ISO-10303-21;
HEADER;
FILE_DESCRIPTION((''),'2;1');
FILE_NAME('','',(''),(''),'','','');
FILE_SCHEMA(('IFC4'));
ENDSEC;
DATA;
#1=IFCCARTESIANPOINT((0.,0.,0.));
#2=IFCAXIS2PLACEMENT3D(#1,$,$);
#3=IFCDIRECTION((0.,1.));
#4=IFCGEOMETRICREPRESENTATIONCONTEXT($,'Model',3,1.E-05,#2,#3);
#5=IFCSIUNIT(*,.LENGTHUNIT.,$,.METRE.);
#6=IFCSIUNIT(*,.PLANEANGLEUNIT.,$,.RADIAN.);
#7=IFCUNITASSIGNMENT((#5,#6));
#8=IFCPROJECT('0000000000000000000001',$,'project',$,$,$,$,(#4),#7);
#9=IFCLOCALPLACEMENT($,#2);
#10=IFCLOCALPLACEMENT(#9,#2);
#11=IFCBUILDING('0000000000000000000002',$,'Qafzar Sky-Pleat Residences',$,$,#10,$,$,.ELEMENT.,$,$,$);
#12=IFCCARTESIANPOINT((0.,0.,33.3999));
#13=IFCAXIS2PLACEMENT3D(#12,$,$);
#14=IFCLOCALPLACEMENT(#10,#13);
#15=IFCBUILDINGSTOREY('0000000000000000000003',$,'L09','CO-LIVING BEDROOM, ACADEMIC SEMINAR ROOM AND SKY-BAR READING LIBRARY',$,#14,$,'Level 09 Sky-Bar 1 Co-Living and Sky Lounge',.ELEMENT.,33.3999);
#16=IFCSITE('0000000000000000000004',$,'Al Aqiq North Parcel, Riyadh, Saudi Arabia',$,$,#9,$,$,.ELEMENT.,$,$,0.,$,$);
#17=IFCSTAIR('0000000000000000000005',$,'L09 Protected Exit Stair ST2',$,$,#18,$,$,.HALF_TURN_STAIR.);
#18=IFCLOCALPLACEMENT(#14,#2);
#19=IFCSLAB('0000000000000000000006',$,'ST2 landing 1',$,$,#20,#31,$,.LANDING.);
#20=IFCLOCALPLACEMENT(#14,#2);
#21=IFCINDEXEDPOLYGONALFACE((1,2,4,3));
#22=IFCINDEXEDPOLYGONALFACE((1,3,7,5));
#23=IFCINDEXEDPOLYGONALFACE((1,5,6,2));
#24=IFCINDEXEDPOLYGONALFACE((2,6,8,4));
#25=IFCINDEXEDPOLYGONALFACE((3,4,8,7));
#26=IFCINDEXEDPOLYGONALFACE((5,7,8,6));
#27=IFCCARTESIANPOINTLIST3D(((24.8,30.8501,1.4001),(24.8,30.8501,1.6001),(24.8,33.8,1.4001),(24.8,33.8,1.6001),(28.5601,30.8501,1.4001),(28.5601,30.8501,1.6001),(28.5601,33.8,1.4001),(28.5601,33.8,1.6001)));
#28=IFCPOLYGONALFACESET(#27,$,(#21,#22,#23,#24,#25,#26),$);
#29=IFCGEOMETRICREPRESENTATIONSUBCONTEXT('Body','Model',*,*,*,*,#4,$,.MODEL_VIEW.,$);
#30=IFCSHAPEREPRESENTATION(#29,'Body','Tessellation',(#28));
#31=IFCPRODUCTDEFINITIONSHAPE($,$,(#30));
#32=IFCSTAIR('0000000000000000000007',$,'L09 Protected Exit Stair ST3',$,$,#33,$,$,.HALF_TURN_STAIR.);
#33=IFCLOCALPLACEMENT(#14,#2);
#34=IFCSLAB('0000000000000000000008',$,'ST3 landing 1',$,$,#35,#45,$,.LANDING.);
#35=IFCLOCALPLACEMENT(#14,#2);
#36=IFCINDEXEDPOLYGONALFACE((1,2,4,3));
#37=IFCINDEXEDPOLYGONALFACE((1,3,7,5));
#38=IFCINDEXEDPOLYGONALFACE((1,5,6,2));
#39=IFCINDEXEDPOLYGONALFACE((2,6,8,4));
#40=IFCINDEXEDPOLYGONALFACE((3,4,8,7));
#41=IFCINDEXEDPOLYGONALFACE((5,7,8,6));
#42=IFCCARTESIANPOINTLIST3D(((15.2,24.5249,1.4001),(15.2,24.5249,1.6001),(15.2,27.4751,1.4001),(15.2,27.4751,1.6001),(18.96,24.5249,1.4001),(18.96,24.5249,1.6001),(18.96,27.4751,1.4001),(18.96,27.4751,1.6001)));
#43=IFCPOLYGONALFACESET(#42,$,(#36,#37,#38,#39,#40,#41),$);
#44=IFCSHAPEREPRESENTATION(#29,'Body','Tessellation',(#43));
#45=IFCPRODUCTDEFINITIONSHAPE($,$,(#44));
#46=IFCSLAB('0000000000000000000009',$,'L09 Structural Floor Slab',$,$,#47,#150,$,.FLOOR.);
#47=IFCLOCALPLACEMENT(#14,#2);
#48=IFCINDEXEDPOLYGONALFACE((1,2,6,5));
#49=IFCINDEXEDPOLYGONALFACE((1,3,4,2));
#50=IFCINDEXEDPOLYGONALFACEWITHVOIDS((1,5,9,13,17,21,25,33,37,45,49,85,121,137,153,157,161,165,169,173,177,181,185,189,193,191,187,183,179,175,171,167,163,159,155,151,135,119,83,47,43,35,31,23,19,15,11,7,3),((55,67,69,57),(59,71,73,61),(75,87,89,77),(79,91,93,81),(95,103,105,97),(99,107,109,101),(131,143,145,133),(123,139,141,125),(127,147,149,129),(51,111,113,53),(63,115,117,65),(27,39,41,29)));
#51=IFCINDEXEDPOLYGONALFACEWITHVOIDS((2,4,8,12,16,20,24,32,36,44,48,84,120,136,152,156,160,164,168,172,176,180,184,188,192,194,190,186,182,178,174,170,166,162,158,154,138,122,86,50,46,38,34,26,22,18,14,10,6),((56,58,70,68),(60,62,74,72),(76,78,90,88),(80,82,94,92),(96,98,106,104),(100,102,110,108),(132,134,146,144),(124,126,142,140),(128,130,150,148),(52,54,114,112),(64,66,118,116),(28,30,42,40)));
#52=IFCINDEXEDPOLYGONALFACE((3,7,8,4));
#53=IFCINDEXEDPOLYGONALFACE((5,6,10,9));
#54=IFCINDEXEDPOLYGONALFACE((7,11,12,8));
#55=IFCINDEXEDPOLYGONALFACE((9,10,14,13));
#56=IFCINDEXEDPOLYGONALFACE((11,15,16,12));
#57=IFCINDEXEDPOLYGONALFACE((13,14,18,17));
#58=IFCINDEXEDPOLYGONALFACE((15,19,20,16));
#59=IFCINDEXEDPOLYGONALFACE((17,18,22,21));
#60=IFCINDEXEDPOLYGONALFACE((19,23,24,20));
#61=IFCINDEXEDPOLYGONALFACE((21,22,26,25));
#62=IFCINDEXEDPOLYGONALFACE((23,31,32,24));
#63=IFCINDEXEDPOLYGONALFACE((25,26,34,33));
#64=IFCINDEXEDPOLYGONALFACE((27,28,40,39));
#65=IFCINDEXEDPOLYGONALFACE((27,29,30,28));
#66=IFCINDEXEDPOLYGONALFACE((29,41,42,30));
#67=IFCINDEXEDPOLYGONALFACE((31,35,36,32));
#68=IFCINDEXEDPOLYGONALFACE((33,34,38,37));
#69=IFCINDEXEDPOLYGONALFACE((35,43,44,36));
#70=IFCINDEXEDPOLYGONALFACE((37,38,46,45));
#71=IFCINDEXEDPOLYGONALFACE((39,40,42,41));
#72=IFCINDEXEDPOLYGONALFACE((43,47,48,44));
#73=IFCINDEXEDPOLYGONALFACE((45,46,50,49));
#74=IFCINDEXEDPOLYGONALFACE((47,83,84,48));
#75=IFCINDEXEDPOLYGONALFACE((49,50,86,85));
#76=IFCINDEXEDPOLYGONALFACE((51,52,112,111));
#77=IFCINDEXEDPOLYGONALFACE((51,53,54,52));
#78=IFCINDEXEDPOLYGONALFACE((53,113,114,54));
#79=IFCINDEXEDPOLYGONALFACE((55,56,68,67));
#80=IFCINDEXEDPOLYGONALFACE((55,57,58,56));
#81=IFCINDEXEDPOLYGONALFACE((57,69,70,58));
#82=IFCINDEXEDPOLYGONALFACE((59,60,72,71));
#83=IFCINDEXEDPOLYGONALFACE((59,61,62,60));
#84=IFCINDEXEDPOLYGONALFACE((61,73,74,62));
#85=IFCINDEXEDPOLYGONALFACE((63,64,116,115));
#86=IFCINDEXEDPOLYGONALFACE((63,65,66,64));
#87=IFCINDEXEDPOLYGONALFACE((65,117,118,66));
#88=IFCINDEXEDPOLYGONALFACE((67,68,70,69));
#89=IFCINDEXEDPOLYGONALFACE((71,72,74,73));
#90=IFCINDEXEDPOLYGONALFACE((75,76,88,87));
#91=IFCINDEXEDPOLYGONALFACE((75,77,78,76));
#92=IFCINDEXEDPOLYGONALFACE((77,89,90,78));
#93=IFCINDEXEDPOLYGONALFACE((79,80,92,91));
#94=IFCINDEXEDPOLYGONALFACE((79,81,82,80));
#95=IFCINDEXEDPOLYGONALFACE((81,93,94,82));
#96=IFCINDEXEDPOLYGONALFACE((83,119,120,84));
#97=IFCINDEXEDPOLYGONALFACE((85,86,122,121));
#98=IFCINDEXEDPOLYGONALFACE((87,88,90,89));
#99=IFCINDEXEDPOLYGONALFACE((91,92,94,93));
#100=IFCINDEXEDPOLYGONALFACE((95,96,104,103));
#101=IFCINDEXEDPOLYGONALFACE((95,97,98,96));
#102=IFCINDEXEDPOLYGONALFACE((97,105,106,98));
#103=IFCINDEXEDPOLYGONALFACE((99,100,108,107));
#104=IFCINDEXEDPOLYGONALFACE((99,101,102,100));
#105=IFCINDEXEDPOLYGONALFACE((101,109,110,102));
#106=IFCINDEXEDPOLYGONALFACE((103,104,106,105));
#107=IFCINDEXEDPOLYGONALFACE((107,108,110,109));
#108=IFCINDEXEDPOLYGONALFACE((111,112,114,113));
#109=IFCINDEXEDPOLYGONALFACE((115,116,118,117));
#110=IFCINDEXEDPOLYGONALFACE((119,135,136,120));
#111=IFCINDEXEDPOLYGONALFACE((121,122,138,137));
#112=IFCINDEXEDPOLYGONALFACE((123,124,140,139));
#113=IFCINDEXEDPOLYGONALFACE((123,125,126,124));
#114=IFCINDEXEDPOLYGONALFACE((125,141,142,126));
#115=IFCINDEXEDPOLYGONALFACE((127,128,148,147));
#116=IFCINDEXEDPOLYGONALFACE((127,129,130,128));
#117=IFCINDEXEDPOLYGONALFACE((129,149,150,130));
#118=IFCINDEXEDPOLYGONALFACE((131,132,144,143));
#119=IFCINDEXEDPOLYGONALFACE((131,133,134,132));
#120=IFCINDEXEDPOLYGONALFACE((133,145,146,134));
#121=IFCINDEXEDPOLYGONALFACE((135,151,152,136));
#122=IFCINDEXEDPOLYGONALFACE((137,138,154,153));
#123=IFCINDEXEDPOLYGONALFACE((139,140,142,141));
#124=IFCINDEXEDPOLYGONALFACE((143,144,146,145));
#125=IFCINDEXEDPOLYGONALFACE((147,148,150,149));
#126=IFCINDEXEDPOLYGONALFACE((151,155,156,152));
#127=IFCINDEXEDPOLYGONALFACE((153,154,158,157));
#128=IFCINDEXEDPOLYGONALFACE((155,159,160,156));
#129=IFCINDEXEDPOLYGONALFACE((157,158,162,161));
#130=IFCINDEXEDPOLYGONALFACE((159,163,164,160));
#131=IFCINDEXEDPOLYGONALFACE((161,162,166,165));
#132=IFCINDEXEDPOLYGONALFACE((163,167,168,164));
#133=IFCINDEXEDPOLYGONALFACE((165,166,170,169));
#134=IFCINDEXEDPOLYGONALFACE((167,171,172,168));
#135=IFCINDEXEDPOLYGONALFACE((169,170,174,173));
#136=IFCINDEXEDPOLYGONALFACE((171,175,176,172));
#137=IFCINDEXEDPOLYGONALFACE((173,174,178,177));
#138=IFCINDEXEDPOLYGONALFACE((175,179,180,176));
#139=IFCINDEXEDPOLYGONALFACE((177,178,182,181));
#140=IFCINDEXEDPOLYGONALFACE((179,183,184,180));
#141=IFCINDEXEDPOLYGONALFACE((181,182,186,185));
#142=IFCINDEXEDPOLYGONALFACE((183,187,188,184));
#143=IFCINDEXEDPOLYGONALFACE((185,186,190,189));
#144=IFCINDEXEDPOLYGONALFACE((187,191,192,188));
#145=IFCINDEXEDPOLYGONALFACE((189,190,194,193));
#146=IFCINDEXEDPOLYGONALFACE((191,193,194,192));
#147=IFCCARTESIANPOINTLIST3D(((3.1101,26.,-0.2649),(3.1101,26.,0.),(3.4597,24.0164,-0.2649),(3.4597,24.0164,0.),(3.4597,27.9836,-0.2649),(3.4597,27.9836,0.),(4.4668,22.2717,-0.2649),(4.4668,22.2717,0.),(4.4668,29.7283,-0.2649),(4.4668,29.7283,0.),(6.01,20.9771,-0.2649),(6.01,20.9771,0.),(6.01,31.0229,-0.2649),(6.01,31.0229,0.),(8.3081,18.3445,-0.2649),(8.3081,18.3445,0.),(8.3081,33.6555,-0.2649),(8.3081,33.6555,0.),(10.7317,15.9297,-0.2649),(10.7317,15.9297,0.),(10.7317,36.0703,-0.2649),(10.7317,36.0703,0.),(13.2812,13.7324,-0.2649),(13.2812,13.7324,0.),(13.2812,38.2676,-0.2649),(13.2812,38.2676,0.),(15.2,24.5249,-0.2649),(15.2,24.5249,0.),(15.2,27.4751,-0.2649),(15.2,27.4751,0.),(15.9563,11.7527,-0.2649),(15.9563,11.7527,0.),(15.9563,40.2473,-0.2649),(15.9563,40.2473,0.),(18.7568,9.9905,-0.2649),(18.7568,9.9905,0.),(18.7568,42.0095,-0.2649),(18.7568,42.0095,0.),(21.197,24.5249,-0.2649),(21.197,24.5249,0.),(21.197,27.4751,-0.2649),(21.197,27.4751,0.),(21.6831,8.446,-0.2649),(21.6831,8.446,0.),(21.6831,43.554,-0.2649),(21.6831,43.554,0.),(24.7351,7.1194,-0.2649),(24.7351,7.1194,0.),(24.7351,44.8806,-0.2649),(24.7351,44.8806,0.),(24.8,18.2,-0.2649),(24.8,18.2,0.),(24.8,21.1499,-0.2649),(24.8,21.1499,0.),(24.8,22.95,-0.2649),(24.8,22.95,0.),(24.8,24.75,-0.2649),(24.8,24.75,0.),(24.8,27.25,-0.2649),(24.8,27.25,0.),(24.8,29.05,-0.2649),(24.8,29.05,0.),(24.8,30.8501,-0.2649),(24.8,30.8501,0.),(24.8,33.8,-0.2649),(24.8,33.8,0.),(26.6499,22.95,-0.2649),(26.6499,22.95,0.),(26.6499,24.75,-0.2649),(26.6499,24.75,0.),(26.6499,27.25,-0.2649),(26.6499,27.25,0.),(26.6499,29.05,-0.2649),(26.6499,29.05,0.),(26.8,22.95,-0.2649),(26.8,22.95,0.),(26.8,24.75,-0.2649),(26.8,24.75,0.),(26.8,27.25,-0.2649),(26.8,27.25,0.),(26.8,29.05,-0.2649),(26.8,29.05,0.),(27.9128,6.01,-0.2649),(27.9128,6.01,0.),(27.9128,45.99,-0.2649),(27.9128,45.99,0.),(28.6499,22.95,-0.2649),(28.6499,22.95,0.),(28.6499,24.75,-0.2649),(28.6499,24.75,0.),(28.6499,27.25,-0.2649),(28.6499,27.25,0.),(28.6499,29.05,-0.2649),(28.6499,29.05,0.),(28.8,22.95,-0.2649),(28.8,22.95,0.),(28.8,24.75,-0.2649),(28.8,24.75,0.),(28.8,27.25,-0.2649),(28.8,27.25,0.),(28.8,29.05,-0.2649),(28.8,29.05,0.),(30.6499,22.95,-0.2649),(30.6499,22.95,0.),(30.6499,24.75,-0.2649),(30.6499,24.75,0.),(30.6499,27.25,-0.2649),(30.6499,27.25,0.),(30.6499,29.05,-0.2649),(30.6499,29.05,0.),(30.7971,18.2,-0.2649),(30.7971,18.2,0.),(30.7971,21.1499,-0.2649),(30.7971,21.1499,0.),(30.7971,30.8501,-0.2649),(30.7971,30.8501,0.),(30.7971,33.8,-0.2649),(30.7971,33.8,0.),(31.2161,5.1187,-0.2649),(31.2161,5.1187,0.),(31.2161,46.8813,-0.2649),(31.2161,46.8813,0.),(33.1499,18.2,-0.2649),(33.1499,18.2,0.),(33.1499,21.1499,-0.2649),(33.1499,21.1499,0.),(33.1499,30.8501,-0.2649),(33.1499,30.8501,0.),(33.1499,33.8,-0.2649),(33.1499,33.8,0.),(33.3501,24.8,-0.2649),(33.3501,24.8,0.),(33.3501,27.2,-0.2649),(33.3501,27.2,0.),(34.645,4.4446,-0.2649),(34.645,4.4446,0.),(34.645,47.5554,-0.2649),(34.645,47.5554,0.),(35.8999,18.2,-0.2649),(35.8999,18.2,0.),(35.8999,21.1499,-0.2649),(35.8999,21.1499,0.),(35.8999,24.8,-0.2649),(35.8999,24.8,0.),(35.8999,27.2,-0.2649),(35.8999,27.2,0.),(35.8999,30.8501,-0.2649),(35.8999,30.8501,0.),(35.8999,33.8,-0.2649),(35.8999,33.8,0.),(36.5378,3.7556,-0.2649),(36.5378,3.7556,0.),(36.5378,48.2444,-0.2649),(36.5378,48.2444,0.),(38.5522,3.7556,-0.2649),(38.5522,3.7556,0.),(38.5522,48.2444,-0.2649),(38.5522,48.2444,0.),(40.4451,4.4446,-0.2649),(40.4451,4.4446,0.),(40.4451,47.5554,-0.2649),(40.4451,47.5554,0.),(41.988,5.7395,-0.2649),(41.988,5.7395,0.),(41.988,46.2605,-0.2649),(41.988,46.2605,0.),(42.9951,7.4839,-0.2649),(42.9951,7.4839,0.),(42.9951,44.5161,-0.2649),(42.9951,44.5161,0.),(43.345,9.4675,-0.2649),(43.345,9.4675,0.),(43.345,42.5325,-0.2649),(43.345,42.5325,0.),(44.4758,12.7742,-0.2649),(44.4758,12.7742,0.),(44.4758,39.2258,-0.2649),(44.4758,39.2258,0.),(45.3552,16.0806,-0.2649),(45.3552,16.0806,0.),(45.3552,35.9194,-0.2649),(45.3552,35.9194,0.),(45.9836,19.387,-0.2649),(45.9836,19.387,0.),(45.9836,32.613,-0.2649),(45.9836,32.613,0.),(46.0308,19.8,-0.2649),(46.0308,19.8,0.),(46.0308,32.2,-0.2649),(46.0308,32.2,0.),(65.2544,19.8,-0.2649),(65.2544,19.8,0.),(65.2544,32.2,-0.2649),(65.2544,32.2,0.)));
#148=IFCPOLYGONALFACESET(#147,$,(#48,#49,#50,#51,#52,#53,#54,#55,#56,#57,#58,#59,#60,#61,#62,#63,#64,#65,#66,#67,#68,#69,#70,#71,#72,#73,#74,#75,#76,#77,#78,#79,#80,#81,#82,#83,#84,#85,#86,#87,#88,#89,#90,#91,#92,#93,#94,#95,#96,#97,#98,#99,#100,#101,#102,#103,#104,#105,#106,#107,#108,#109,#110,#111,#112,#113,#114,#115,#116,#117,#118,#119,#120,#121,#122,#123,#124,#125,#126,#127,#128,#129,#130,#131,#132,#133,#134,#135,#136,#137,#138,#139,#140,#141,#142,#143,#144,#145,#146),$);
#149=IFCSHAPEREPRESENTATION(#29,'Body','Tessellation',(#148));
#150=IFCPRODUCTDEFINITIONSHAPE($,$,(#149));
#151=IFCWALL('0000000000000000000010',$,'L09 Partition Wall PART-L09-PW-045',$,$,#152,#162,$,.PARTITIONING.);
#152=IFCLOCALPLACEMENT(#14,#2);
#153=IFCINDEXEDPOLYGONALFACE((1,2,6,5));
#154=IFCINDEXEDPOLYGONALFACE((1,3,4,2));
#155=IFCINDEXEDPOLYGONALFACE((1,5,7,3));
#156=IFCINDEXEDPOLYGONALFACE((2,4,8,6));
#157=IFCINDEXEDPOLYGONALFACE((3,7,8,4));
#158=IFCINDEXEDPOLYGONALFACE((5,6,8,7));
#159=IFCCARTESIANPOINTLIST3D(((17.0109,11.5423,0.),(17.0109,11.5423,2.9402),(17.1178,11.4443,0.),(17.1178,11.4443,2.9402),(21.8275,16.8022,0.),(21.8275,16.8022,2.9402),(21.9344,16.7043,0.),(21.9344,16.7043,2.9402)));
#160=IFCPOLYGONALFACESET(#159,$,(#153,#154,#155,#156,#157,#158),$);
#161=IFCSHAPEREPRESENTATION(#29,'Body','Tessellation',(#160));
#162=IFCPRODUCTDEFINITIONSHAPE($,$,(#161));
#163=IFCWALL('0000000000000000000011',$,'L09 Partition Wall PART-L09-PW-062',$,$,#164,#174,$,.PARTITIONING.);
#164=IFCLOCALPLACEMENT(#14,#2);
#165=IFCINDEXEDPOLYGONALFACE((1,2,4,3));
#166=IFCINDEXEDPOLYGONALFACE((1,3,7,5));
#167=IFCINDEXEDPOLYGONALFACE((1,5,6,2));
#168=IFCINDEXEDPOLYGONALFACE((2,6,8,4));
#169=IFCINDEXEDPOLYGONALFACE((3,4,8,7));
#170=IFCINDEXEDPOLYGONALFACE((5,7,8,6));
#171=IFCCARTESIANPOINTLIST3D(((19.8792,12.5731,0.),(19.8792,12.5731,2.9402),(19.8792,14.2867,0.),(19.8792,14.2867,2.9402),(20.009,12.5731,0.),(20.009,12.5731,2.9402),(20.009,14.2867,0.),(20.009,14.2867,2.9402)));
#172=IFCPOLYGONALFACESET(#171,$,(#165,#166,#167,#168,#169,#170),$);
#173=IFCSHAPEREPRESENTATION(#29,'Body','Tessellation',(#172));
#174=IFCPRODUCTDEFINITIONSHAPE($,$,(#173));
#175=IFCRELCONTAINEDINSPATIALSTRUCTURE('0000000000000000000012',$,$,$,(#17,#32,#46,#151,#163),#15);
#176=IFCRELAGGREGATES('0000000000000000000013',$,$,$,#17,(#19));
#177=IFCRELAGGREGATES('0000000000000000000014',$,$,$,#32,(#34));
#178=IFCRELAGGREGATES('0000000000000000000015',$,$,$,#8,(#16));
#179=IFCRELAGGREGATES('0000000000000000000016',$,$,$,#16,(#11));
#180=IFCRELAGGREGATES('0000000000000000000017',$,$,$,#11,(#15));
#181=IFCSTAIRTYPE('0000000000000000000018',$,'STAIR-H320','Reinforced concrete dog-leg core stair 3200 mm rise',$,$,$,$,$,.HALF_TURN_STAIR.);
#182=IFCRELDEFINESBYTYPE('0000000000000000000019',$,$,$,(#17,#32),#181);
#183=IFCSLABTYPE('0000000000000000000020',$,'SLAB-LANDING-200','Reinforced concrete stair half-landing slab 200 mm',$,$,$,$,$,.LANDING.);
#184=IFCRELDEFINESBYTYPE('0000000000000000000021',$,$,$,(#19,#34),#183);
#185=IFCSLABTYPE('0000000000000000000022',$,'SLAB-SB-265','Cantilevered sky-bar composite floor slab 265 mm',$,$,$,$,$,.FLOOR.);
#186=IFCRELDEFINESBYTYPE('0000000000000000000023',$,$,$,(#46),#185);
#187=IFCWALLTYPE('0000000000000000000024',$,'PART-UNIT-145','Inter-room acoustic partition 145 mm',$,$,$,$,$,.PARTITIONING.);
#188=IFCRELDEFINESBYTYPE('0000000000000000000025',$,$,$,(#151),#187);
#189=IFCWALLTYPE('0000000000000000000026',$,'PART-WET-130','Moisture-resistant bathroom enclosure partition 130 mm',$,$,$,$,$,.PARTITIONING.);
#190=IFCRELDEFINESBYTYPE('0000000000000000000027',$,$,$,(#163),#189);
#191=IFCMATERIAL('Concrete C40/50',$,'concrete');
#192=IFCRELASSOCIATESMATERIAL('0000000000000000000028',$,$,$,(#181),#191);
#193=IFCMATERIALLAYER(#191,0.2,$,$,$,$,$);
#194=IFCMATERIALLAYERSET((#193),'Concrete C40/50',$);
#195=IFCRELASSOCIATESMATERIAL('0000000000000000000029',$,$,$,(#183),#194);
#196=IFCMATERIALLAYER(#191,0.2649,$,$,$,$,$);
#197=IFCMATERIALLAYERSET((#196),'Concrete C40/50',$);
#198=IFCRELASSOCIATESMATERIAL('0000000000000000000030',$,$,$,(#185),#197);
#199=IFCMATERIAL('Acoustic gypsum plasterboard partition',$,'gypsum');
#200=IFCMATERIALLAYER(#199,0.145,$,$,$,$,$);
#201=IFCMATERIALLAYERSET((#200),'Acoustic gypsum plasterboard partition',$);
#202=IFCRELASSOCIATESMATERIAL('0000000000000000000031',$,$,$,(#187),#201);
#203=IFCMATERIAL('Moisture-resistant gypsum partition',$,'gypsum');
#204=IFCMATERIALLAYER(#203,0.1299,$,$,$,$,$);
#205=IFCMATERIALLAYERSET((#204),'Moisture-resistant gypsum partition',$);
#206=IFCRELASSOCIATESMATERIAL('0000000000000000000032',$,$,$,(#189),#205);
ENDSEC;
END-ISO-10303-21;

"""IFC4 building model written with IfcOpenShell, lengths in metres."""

from ifc_helpers import new_model, si_unit, direction, frame, frame_2d, origin, place, context, subcontext, project, spatial, polyline, rectangle, outline, extrude, material, layer, layer_set, type_object, element, aggregate, save


model = new_model("IFC4")

# Units and contexts
model_context = context("Model", 3, precision=1e-05, world=origin(), true_north=direction((0.0, 1.0)))
body_context = subcontext(model_context, "Body", "Model", "MODEL_VIEW")
ifc_project = project(units=[si_unit("LENGTHUNIT", "METRE"), si_unit("PLANEANGLEUNIT", "RADIAN")], contexts=[model_context])

# Site, building, storey
site_placement = place(None, origin())
site = spatial("IfcSite", under=ifc_project, at=site_placement, Name="Al Aqiq North Parcel, Riyadh, Saudi Arabia", CompositionType="ELEMENT", RefElevation=0.0)
building_placement = place(site_placement, origin())
building = spatial("IfcBuilding", under=site, at=building_placement, Name="Qafzar Sky-Pleat Residences", CompositionType="ELEMENT")
storey_placement = place(building_placement, frame((0.0, 0.0, 33.3999)))
storey = spatial("IfcBuildingStorey", under=building, at=storey_placement, Name="L09", Description="CO-LIVING BEDROOM, ACADEMIC SEMINAR ROOM AND SKY-BAR READING LIBRARY", LongName="Level 09 Sky-Bar 1 Co-Living and Sky Lounge", CompositionType="ELEMENT", Elevation=33.3999)

# Shared definitions
ifc_material_1 = material(Name="Concrete C40/50", Category="concrete")

# Stairs, slabs
stair_type = type_object("IfcStairType", Name="STAIR-H320", Description="Reinforced concrete dog-leg core stair 3200 mm rise", PredefinedType="HALF_TURN_STAIR", material=ifc_material_1)
ifc_layer_1 = layer(ifc_material_1, 0.2)
ifc_layer_set_1 = layer_set([ifc_layer_1], Name="Concrete C40/50")
slab_type_1 = type_object("IfcSlabType", Name="SLAB-LANDING-200", Description="Reinforced concrete stair half-landing slab 200 mm", PredefinedType="LANDING", material=ifc_layer_set_1)
stair_1_placement = place(storey_placement, origin())
stair_1 = element("IfcStair", 1, at=stair_1_placement, inside=storey, type_object=stair_type, Name="L09 Protected Exit Stair ST2", PredefinedType="HALF_TURN_STAIR")
slab_1_placement = place(storey_placement, frame((0.0, 0.0, 1.4001)))
slab_1 = element("IfcSlab", 2, at=slab_1_placement, type_object=slab_type_1, Name="ST2 landing 1", PredefinedType="LANDING", context=body_context, shape_type="SweptSolid", body=[
    extrude(outline(polyline([(28.5601, 33.8), (24.8, 33.8), (24.8, 30.8501), (28.5601, 30.8501), (28.5601, 33.8)])), origin(), (0.0, 0.0, 1.0), 0.2),
])
aggregate(stair_1, [slab_1])
stair_2_placement = place(storey_placement, origin())
stair_2 = element("IfcStair", 3, at=stair_2_placement, inside=storey, type_object=stair_type, Name="L09 Protected Exit Stair ST3", PredefinedType="HALF_TURN_STAIR")
slab_2_placement = place(storey_placement, frame((0.0, 0.0, 1.4001)))
slab_2 = element("IfcSlab", 4, at=slab_2_placement, type_object=slab_type_1, Name="ST3 landing 1", PredefinedType="LANDING", context=body_context, shape_type="SweptSolid", body=[
    extrude(outline(polyline([(18.96, 27.4751), (15.2, 27.4751), (15.2, 24.5249), (18.96, 24.5249), (18.96, 27.4751)])), origin(), (0.0, 0.0, 1.0), 0.2),
])
aggregate(stair_2, [slab_2])

# Slab
ifc_layer_2 = layer(ifc_material_1, 0.2649)
ifc_layer_set_2 = layer_set([ifc_layer_2], Name="Concrete C40/50")
slab_type_2 = type_object("IfcSlabType", Name="SLAB-SB-265", Description="Cantilevered sky-bar composite floor slab 265 mm", PredefinedType="FLOOR", material=ifc_layer_set_2)
slab_3_placement = place(storey_placement, frame((0.0, 0.0, -0.2649)))
element("IfcSlab", 5, at=slab_3_placement, inside=storey, type_object=slab_type_2, Name="L09 Structural Floor Slab", PredefinedType="FLOOR", context=body_context, shape_type="SweptSolid", body=[
    extrude(outline(polyline([(45.9836, 19.387), (45.3552, 16.0806), (44.4758, 12.7742), (43.345, 9.4675), (42.9951, 7.4839), (41.988, 5.7395), (40.4451, 4.4446), (38.5522, 3.7556), (36.5378, 3.7556), (34.645, 4.4446), (31.2161, 5.1187), (27.9128, 6.01), (24.7351, 7.1194), (21.6831, 8.446), (18.7568, 9.9905), (15.9563, 11.7527), (13.2812, 13.7324), (10.7317, 15.9297), (8.3081, 18.3445), (6.01, 20.9771), (4.4668, 22.2717), (3.4597, 24.0164), (3.1101, 26.0), (3.4597, 27.9836), (4.4668, 29.7283), (6.01, 31.0229), (8.3081, 33.6555), (10.7317, 36.0703), (13.2812, 38.2676), (15.9563, 40.2473), (18.7568, 42.0095), (21.6831, 43.554), (24.7351, 44.8806), (27.9128, 45.99), (31.2161, 46.8813), (34.645, 47.5554), (36.5378, 48.2444), (38.5522, 48.2444), (40.4451, 47.5554), (41.988, 46.2605), (42.9951, 44.5161), (43.345, 42.5325), (44.4758, 39.2258), (45.3552, 35.9194), (45.9836, 32.613), (46.0308, 32.2), (65.2544, 32.2), (65.2544, 19.8), (46.0308, 19.8), (45.9836, 19.387)]), holes=[polyline([(30.7971, 21.1499), (24.8, 21.1499), (24.8, 18.2), (30.7971, 18.2), (30.7971, 21.1499)]), polyline([(30.7971, 33.8), (24.8, 33.8), (24.8, 30.8501), (30.7971, 30.8501), (30.7971, 33.8)]), polyline([(21.197, 27.4751), (15.2, 27.4751), (15.2, 24.5249), (21.197, 24.5249), (21.197, 27.4751)]), polyline([(24.8, 22.95), (26.6499, 22.95), (26.6499, 24.75), (24.8, 24.75), (24.8, 22.95)]), polyline([(26.8, 22.95), (28.6499, 22.95), (28.6499, 24.75), (26.8, 24.75), (26.8, 22.95)]), polyline([(28.8, 22.95), (30.6499, 22.95), (30.6499, 24.75), (28.8, 24.75), (28.8, 22.95)]), polyline([(24.8, 27.25), (26.6499, 27.25), (26.6499, 29.05), (24.8, 29.05), (24.8, 27.25)]), polyline([(26.8, 27.25), (28.6499, 27.25), (28.6499, 29.05), (26.8, 29.05), (26.8, 27.25)]), polyline([(28.8, 27.25), (30.6499, 27.25), (30.6499, 29.05), (28.8, 29.05), (28.8, 27.25)]), polyline([(33.1499, 18.2), (35.8999, 18.2), (35.8999, 21.1499), (33.1499, 21.1499), (33.1499, 18.2)]), polyline([(33.1499, 30.8501), (35.8999, 30.8501), (35.8999, 33.8), (33.1499, 33.8), (33.1499, 30.8501)]), polyline([(33.3501, 24.8), (35.8999, 24.8), (35.8999, 27.2), (33.3501, 27.2), (33.3501, 24.8)])]), origin(), (0.0, 0.0, 1.0), 0.2649),
])

# Walls
ifc_material_2 = material(Name="Acoustic gypsum plasterboard partition", Category="gypsum")
ifc_layer_3 = layer(ifc_material_2, 0.145)
ifc_layer_set_3 = layer_set([ifc_layer_3], Name="Acoustic gypsum plasterboard partition")
wall_type_1 = type_object("IfcWallType", Name="PART-UNIT-145", Description="Inter-room acoustic partition 145 mm", PredefinedType="PARTITIONING", material=ifc_layer_set_3)
wall_1_placement = place(storey_placement, frame((17.0645, 11.4934, 0.0), z_axis=(0.0, 0.0, 1.0), x_axis=(0.675342, 0.737505, 0.0)))
element("IfcWall", 6, at=wall_1_placement, inside=storey, type_object=wall_type_1, Name="L09 Partition Wall PART-L09-PW-045", PredefinedType="PARTITIONING", context=body_context, shape_type="SweptSolid", body=[
    extrude(rectangle(XDim=7.1321, YDim=0.145, at=frame_2d((3.5659, 0.0))), origin(), (0.0, 0.0, 1.0), 2.9402),
])
ifc_material_3 = material(Name="Moisture-resistant gypsum partition", Category="gypsum")
ifc_layer_4 = layer(ifc_material_3, 0.1299)
ifc_layer_set_4 = layer_set([ifc_layer_4], Name="Moisture-resistant gypsum partition")
wall_type_2 = type_object("IfcWallType", Name="PART-WET-130", Description="Moisture-resistant bathroom enclosure partition 130 mm", PredefinedType="PARTITIONING", material=ifc_layer_set_4)
wall_2_placement = place(storey_placement, frame((19.9441, 12.573, 0.0), z_axis=(0.0, 0.0, 1.0), x_axis=(0.0, 1.0, 0.0)))
element("IfcWall", 7, at=wall_2_placement, inside=storey, type_object=wall_type_2, Name="L09 Partition Wall PART-L09-PW-062", PredefinedType="PARTITIONING", context=body_context, shape_type="SweptSolid", body=[
    extrude(rectangle(XDim=1.7136, YDim=0.1299, at=frame_2d((0.8569, 0.0))), origin(), (0.0, 0.0, 1.0), 2.9402),
])

save(model, "model.ifc")
